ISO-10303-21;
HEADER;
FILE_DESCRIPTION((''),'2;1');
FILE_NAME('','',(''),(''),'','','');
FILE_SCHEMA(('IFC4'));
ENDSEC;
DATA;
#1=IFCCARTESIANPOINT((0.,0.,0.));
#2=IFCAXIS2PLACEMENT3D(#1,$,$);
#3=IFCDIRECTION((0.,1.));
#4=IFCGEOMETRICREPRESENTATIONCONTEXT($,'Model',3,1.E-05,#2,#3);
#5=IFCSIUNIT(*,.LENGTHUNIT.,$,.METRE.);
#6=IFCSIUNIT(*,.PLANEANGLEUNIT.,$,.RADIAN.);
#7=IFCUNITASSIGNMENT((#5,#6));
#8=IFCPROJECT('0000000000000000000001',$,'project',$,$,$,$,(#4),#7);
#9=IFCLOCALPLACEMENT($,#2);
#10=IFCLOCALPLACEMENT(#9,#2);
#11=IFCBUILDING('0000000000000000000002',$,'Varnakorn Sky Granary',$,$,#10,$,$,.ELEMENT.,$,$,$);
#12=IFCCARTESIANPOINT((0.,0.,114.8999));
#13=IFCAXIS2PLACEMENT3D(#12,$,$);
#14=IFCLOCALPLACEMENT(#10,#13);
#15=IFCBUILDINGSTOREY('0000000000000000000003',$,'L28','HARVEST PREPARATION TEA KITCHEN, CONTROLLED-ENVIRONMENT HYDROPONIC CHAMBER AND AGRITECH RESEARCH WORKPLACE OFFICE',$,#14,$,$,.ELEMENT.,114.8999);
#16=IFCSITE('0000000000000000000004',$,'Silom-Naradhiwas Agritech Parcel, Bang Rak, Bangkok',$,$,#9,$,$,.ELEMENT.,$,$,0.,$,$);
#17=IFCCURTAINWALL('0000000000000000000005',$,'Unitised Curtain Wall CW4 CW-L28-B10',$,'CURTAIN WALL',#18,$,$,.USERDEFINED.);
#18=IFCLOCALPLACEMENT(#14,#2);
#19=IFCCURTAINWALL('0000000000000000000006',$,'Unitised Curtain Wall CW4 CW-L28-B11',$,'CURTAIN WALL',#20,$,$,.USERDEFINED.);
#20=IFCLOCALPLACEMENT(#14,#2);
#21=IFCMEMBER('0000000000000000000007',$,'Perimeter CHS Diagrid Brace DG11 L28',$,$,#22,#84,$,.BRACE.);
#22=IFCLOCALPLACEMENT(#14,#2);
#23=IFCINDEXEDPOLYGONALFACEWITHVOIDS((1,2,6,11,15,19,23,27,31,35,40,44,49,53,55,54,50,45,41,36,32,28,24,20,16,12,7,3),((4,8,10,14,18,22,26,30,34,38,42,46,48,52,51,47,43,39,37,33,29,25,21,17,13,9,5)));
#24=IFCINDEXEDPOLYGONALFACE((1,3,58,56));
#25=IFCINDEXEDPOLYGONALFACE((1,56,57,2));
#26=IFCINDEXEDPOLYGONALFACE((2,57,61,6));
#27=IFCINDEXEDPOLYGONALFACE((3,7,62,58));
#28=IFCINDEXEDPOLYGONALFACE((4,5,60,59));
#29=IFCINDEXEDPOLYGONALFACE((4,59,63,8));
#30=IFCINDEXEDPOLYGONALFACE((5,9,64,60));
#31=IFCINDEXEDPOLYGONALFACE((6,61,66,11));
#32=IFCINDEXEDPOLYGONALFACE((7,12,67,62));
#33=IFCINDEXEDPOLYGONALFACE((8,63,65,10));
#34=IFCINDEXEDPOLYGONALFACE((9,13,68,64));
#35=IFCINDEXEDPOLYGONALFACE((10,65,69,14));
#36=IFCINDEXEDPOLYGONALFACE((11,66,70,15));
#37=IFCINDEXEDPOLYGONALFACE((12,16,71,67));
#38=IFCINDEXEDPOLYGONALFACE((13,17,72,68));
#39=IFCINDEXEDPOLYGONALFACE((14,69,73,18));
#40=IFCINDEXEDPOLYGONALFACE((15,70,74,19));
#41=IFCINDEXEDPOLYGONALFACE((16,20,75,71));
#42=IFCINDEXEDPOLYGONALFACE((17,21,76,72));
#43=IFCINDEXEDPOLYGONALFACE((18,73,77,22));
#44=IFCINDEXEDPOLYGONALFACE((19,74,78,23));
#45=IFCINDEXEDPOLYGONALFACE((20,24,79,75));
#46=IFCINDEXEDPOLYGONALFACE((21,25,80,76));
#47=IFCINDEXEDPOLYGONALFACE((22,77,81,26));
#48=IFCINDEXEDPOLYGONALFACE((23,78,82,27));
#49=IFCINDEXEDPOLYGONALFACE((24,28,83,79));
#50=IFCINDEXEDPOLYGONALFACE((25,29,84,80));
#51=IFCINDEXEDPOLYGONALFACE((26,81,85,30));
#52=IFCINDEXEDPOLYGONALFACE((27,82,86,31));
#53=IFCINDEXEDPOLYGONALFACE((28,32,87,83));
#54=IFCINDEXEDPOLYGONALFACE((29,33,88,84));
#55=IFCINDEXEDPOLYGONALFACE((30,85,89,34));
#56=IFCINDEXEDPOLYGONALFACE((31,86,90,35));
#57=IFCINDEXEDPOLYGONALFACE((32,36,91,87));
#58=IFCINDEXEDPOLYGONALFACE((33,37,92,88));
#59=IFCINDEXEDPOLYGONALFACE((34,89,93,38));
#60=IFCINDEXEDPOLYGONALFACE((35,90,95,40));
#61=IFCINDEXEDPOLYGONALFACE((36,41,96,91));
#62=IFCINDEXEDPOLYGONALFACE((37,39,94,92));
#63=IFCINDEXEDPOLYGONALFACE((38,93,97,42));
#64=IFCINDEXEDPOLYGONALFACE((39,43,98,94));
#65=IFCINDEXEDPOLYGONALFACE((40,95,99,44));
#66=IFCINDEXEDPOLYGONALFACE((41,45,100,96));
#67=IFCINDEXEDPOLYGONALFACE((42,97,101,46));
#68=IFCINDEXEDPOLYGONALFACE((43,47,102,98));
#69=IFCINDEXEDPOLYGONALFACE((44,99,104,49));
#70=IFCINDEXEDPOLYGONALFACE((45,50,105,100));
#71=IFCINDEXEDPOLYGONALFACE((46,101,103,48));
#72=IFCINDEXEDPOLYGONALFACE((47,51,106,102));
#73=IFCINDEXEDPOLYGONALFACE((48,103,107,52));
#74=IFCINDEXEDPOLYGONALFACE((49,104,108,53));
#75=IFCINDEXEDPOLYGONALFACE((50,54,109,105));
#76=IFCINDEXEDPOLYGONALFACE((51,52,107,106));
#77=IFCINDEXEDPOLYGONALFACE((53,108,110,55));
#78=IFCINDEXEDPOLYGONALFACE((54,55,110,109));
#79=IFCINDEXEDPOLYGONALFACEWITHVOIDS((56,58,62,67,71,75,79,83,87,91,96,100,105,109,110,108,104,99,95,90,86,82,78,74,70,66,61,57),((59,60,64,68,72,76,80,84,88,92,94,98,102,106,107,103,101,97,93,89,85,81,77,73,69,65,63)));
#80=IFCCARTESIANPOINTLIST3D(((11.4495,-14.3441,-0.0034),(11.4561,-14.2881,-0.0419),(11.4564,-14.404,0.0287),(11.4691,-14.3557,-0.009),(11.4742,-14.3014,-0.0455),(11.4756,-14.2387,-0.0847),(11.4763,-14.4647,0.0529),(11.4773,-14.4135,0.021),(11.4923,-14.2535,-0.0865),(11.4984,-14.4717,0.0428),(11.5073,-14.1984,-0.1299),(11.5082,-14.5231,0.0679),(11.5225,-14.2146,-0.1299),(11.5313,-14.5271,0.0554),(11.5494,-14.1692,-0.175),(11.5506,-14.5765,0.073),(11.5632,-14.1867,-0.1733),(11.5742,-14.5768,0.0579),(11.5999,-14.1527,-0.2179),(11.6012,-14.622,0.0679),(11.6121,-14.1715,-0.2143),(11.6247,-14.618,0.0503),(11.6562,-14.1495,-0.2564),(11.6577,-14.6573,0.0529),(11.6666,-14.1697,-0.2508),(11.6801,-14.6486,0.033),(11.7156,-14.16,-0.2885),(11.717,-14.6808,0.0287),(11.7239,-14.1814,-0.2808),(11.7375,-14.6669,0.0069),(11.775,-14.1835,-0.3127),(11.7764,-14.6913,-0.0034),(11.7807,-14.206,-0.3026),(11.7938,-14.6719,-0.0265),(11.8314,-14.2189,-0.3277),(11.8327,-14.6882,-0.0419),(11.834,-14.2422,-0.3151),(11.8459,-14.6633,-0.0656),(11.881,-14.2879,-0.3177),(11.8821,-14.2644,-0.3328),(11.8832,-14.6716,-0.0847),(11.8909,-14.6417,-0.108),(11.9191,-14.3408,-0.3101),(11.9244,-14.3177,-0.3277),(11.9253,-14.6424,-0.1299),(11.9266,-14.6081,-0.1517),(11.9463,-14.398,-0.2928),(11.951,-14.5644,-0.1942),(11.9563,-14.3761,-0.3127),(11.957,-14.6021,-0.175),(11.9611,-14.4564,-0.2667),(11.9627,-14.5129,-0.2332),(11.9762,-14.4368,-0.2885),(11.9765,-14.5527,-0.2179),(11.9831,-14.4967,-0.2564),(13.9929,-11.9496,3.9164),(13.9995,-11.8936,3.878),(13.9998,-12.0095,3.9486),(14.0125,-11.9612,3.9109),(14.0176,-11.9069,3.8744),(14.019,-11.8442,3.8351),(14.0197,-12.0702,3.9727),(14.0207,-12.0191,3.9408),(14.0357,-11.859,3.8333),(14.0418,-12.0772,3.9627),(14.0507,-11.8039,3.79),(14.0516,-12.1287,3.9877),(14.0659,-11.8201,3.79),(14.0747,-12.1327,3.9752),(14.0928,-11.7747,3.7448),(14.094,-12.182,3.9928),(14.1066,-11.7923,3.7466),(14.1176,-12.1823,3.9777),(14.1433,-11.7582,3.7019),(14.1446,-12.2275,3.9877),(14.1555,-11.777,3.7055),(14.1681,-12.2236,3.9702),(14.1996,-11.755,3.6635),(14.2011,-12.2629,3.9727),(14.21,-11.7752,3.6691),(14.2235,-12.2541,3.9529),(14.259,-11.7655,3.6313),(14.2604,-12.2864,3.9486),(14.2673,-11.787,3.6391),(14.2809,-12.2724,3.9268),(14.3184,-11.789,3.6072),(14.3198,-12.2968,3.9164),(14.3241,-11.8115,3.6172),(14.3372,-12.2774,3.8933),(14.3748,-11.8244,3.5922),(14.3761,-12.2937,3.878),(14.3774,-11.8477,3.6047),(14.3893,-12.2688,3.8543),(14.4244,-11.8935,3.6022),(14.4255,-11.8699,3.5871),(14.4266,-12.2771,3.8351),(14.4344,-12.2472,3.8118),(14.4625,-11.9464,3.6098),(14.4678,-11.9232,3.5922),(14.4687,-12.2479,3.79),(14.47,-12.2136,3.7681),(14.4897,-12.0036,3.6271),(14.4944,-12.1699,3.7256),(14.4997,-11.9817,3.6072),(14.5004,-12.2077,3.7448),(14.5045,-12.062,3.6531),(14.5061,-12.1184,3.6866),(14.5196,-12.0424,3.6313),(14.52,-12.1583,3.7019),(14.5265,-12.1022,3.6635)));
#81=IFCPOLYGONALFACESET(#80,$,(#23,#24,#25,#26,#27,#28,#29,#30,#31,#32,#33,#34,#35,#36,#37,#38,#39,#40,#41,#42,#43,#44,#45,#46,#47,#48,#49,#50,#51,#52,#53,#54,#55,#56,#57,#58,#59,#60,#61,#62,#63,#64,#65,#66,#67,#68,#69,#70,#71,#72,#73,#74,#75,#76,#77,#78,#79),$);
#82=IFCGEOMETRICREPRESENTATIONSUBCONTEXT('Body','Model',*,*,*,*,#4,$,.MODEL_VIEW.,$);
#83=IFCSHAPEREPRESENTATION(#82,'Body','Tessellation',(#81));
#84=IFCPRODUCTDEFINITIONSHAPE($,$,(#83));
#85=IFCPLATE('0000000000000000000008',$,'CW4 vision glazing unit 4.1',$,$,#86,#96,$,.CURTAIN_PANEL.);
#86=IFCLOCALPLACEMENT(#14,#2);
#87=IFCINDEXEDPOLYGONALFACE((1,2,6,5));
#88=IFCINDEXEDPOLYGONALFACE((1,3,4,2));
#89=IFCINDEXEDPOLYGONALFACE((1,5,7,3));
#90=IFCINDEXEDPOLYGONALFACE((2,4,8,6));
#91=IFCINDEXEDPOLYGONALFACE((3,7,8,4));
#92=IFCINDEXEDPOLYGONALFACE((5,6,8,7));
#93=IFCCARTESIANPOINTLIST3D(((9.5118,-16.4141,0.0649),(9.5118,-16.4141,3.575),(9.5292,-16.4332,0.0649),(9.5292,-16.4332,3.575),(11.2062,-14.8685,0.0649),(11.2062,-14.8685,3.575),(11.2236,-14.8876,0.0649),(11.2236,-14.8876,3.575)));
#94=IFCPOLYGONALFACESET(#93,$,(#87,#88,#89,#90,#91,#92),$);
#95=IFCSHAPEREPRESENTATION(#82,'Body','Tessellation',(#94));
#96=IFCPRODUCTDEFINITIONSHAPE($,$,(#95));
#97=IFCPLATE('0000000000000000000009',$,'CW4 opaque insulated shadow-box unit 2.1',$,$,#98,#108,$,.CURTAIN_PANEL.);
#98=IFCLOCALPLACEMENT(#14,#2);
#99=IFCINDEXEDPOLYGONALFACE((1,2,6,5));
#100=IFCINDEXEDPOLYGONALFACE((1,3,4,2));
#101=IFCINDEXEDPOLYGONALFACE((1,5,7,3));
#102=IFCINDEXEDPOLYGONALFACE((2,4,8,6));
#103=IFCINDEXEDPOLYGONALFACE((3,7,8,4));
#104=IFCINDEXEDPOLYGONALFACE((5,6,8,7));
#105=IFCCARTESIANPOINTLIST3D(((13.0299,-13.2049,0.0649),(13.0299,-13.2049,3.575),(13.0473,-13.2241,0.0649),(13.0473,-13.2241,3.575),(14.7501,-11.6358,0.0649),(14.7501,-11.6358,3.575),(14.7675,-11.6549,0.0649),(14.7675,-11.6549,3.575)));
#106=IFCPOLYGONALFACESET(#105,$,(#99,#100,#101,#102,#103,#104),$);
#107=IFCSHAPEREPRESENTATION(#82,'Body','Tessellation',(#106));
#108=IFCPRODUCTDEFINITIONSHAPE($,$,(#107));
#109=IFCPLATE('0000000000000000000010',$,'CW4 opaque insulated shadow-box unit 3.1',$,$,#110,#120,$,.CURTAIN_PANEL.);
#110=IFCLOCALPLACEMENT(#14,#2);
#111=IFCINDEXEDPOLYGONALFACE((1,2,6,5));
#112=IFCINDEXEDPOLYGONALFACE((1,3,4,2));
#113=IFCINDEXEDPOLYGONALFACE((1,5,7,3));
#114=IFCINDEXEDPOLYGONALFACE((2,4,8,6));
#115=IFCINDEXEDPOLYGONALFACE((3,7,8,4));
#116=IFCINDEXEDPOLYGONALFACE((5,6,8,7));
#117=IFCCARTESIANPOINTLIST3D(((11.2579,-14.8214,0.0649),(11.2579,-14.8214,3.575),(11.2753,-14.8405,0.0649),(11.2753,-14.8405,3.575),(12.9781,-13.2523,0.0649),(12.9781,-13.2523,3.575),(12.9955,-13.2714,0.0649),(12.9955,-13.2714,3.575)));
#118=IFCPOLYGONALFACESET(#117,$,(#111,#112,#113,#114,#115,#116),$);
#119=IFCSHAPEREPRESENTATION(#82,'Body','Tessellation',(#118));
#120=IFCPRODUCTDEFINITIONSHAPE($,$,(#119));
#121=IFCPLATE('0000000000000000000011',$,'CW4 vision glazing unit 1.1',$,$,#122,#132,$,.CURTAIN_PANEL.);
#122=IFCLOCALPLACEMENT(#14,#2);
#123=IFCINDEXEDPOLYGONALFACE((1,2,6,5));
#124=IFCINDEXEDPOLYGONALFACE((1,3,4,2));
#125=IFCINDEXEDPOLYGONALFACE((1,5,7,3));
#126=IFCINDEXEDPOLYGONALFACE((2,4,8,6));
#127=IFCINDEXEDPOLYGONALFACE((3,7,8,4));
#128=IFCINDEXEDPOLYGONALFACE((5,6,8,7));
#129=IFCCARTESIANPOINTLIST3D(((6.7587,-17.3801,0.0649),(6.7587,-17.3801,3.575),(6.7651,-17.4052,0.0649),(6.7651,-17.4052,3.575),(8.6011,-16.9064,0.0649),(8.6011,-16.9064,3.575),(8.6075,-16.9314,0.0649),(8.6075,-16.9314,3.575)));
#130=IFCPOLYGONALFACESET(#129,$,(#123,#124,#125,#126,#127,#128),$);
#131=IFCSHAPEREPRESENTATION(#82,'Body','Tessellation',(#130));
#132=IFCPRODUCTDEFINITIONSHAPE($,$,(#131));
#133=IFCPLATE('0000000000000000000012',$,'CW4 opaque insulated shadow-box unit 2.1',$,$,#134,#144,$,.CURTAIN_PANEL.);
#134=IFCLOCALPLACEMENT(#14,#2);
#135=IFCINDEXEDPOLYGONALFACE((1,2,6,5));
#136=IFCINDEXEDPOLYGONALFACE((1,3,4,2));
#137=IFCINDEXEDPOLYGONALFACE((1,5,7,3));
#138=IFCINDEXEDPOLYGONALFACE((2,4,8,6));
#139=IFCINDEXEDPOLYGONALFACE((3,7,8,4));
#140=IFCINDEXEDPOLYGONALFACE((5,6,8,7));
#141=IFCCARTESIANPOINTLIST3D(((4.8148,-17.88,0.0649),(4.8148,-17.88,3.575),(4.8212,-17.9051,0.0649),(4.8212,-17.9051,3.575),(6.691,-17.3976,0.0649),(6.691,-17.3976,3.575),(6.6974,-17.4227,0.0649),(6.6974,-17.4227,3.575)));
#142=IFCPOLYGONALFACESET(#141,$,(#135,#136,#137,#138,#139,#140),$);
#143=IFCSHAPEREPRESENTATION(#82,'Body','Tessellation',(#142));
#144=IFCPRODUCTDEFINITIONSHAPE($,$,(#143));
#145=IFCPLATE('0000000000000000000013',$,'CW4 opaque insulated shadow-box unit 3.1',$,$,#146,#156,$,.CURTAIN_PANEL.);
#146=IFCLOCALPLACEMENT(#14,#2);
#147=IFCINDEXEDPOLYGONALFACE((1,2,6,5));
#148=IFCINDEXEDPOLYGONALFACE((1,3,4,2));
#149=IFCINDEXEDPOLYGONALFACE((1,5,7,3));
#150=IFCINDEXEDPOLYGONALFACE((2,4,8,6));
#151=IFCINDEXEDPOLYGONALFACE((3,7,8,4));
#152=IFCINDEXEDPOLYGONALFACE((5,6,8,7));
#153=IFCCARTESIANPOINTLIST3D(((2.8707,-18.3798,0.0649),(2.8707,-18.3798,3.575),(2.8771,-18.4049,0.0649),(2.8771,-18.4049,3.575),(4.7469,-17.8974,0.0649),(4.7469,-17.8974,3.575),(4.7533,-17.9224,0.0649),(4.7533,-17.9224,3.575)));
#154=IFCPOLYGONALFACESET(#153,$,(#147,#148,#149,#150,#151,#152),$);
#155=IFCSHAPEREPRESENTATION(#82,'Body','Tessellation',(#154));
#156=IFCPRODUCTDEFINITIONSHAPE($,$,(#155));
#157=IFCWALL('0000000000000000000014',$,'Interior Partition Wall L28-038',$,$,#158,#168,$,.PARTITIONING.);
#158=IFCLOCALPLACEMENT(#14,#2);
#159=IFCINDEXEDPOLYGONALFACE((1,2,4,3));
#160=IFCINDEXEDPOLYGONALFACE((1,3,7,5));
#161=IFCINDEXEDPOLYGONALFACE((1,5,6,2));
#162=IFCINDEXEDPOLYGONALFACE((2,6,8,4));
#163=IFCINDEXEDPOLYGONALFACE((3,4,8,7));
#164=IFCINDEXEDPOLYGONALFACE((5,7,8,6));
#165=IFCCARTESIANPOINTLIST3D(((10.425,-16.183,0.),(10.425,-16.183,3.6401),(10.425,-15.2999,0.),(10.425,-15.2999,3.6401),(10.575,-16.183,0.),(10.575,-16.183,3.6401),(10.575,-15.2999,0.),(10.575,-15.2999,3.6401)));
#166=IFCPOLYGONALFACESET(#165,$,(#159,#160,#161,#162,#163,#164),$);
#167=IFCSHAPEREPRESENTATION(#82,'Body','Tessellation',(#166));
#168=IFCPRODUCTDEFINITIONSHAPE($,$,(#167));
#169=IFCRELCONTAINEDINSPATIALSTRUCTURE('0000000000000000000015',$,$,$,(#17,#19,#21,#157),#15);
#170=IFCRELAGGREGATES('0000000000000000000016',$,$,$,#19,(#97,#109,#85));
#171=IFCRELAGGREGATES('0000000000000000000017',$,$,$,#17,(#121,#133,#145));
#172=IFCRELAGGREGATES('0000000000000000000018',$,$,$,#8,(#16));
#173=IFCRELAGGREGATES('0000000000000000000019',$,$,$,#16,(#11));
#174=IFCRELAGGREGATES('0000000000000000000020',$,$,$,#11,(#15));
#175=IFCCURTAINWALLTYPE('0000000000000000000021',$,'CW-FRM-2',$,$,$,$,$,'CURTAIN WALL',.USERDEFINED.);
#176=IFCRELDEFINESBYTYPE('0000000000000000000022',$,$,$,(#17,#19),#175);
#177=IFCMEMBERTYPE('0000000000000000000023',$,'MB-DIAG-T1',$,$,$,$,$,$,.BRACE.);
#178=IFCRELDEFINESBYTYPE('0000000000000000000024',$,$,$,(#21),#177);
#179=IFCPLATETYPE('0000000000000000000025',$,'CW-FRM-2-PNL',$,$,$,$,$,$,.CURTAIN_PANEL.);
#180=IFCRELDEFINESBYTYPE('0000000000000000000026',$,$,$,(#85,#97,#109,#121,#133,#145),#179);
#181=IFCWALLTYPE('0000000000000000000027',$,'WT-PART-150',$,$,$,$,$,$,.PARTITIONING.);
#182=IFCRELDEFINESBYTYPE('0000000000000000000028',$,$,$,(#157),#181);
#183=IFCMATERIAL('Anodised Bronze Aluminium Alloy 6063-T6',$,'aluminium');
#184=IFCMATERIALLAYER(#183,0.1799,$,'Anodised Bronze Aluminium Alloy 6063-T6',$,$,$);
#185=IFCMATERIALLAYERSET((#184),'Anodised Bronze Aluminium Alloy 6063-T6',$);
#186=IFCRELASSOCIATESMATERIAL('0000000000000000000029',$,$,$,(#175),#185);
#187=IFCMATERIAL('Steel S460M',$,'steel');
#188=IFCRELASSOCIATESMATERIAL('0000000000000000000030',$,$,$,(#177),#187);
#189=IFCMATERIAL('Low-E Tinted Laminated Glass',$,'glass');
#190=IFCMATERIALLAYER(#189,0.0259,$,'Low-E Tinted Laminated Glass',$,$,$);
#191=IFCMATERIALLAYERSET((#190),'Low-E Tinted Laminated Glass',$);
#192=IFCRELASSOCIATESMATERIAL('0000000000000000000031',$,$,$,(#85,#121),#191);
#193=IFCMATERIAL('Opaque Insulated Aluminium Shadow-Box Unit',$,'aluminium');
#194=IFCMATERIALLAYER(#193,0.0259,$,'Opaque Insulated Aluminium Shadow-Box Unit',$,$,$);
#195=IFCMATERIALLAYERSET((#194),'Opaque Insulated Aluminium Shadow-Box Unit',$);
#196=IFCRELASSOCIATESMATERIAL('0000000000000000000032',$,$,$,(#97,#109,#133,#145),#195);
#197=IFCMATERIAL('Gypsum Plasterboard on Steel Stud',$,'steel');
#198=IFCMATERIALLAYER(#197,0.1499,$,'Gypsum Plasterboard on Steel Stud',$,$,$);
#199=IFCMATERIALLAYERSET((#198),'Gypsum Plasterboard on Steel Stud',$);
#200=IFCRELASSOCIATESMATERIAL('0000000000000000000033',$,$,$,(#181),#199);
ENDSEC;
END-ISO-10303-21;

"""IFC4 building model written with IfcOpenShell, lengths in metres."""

from ifc_helpers import new_model, si_unit, direction, frame, frame_2d, origin, origin_2d, place, context, subcontext, project, spatial, rectangle, hollow_circle, extrude, source, transform, mapped, material, layer, layer_set, material_profile, profile_set, type_object, type_shapes, element, aggregate, save


model = new_model("IFC4")

# Units and contexts
model_context = context("Model", 3, precision=1e-05, world=origin(), true_north=direction((0.0, 1.0)))
body_context = subcontext(model_context, "Body", "Model", "MODEL_VIEW")
ifc_project = project(units=[si_unit("LENGTHUNIT", "METRE"), si_unit("PLANEANGLEUNIT", "RADIAN")], contexts=[model_context])

# Site, building, storey
site_placement = place(None, origin())
site = spatial("IfcSite", under=ifc_project, at=site_placement, Name="Silom-Naradhiwas Agritech Parcel, Bang Rak, Bangkok", CompositionType="ELEMENT", RefElevation=0.0)
building_placement = place(site_placement, origin())
building = spatial("IfcBuilding", under=site, at=building_placement, Name="Varnakorn Sky Granary", CompositionType="ELEMENT")
storey_placement = place(building_placement, frame((0.0, 0.0, 114.8999)))
storey = spatial("IfcBuildingStorey", under=building, at=storey_placement, Name="L28", Description="HARVEST PREPARATION TEA KITCHEN, CONTROLLED-ENVIRONMENT HYDROPONIC CHAMBER AND AGRITECH RESEARCH WORKPLACE OFFICE", CompositionType="ELEMENT", Elevation=114.8999)

# Shared definitions
ifc_material_1 = material(Name="Steel S460M", Category="steel")

# Curtain walls
ifc_material_2 = material(Name="Anodised Bronze Aluminium Alloy 6063-T6", Category="aluminium")
ifc_layer_1 = layer(ifc_material_2, 0.1799, Name="Anodised Bronze Aluminium Alloy 6063-T6")
ifc_layer_set_1 = layer_set([ifc_layer_1], Name="Anodised Bronze Aluminium Alloy 6063-T6")
curtain_wall_type = type_object("IfcCurtainWallType", Name="CW-FRM-2", ElementType="CURTAIN WALL", PredefinedType="USERDEFINED", material=ifc_layer_set_1)
curtain_wall_1_placement = place(storey_placement, origin())
curtain_wall_1 = element("IfcCurtainWall", 1, at=curtain_wall_1_placement, inside=storey, type_object=curtain_wall_type, Name="Unitised Curtain Wall CW4 CW-L28-B10", ObjectType="CURTAIN WALL", PredefinedType="USERDEFINED")
curtain_wall_2_placement = place(storey_placement, origin())
curtain_wall_2 = element("IfcCurtainWall", 2, at=curtain_wall_2_placement, inside=storey, type_object=curtain_wall_type, Name="Unitised Curtain Wall CW4 CW-L28-B11", ObjectType="CURTAIN WALL", PredefinedType="USERDEFINED")

# Member
ifc_material_profile_1 = material_profile(ifc_material_1, hollow_circle(Radius=0.3049, WallThickness=0.0222, at=origin_2d()), Name="CHS 610x22")
ifc_profile_set_1 = profile_set([ifc_material_profile_1], Name="Steel S460M")
member_type_1 = type_object("IfcMemberType", Name="MB-DIAG-T1", PredefinedType="BRACE", material=ifc_profile_set_1)
member_1_placement = place(storey_placement, frame((11.7163, -14.4204, -0.1299), z_axis=(0.484413, 0.45605, 0.746567), x_axis=(-0.685469, 0.728101, 0.0)))
element("IfcMember", 3, at=member_1_placement, inside=storey, type_object=member_type_1, Name="Perimeter CHS Diagrid Brace DG11 L28", PredefinedType="BRACE", context=body_context, shape_type="SweptSolid", body=[
    extrude(hollow_circle(Radius=0.3049, WallThickness=0.0222, at=origin_2d()), origin(), (0.0, 0.0, 1.0), 5.2505),
])

# Plates
ifc_material_3 = material(Name="Low-E Tinted Laminated Glass", Category="glass")
ifc_layer_2 = layer(ifc_material_3, 0.0259, Name="Low-E Tinted Laminated Glass")
ifc_layer_set_2 = layer_set([ifc_layer_2], Name="Low-E Tinted Laminated Glass")
plate_type = type_object("IfcPlateType", Name="CW-FRM-2-PNL", PredefinedType="CURTAIN_PANEL")
shared_shape_1 = source(origin(), body_context, "Body", "SweptSolid", [
    extrude(rectangle(XDim=2.2935, YDim=0.0259, at=origin_2d()), origin(), (0.0, 0.0, 1.0), 3.51),
])
plate_1_placement = place(storey_placement, frame((10.3677, -15.6509, 0.0649), z_axis=(0.0, 0.0, 1.0), x_axis=(-0.7388, -0.673925, 0.0)))
plate_1 = element("IfcPlate", 4, at=plate_1_placement, type_object=plate_type, material=ifc_layer_set_2, Name="CW4 vision glazing unit 4.1", PredefinedType="CURTAIN_PANEL", context=body_context, shape_type="MappedRepresentation", body=[
    mapped(shared_shape_1, transform((0.0, 0.0, 0.0), x_axis=(1.0, 0.0, 0.0), y_axis=(0.0, 1.0, 0.0), z_axis=(0.0, 0.0, 1.0), scale=1.0)),
])
ifc_material_4 = material(Name="Opaque Insulated Aluminium Shadow-Box Unit", Category="aluminium")
ifc_layer_3 = layer(ifc_material_4, 0.0259, Name="Opaque Insulated Aluminium Shadow-Box Unit")
ifc_layer_set_3 = layer_set([ifc_layer_3], Name="Opaque Insulated Aluminium Shadow-Box Unit")
shared_shape_2 = source(origin(), body_context, "Body", "SweptSolid", [
    extrude(rectangle(XDim=2.3284, YDim=0.0259, at=origin_2d()), origin(), (0.0, 0.0, 1.0), 3.51),
])
plate_2_placement = place(storey_placement, frame((13.8987, -12.4299, 0.0649), z_axis=(0.0, 0.0, 1.0), x_axis=(-0.7388, -0.673925, 0.0)))
plate_2 = element("IfcPlate", 5, at=plate_2_placement, type_object=plate_type, material=ifc_layer_set_3, Name="CW4 opaque insulated shadow-box unit 2.1", PredefinedType="CURTAIN_PANEL", context=body_context, shape_type="MappedRepresentation", body=[
    mapped(shared_shape_2, transform((0.0, 0.0, 0.0), x_axis=(1.0, 0.0, 0.0), y_axis=(0.0, 1.0, 0.0), z_axis=(0.0, 0.0, 1.0), scale=1.0)),
])
plate_3_placement = place(storey_placement, frame((12.1267, -14.0464, 0.0649), z_axis=(0.0, 0.0, 1.0), x_axis=(-0.7388, -0.673925, 0.0)))
plate_3 = element("IfcPlate", 6, at=plate_3_placement, type_object=plate_type, material=ifc_layer_set_3, Name="CW4 opaque insulated shadow-box unit 3.1", PredefinedType="CURTAIN_PANEL", context=body_context, shape_type="MappedRepresentation", body=[
    mapped(shared_shape_2, transform((0.0, 0.0, 0.0), x_axis=(1.0, 0.0, 0.0), y_axis=(0.0, 1.0, 0.0), z_axis=(0.0, 0.0, 1.0), scale=1.0)),
])
aggregate(curtain_wall_2, [plate_2, plate_3, plate_1])
shared_shape_3 = source(origin(), body_context, "Body", "SweptSolid", [
    extrude(rectangle(XDim=1.9023, YDim=0.0259, at=origin_2d()), origin(), (0.0, 0.0, 1.0), 3.51),
])
plate_4_placement = place(storey_placement, frame((7.6831, -17.1558, 0.0649), z_axis=(0.0, 0.0, 1.0), x_axis=(-0.968498, -0.249019, 0.0)))
plate_4 = element("IfcPlate", 7, at=plate_4_placement, type_object=plate_type, material=ifc_layer_set_2, Name="CW4 vision glazing unit 1.1", PredefinedType="CURTAIN_PANEL", context=body_context, shape_type="MappedRepresentation", body=[
    mapped(shared_shape_3, transform((0.0, 0.0, 0.0), x_axis=(1.0, 0.0, 0.0), y_axis=(0.0, 1.0, 0.0), z_axis=(0.0, 0.0, 1.0), scale=1.0)),
])
shared_shape_4 = source(origin(), body_context, "Body", "SweptSolid", [
    extrude(rectangle(XDim=1.9373, YDim=0.0259, at=origin_2d()), origin(), (0.0, 0.0, 1.0), 3.51),
])
type_shapes(plate_type, [shared_shape_1, shared_shape_2, shared_shape_3, shared_shape_4])
plate_5_placement = place(storey_placement, frame((5.7561, -17.6514, 0.0649), z_axis=(0.0, 0.0, 1.0), x_axis=(-0.968498, -0.249019, 0.0)))
plate_5 = element("IfcPlate", 8, at=plate_5_placement, type_object=plate_type, material=ifc_layer_set_3, Name="CW4 opaque insulated shadow-box unit 2.1", PredefinedType="CURTAIN_PANEL", context=body_context, shape_type="MappedRepresentation", body=[
    mapped(shared_shape_4, transform((0.0, 0.0, 0.0), x_axis=(1.0, 0.0, 0.0), y_axis=(0.0, 1.0, 0.0), z_axis=(0.0, 0.0, 1.0), scale=1.0)),
])
plate_6_placement = place(storey_placement, frame((3.812, -18.1511, 0.0649), z_axis=(0.0, 0.0, 1.0), x_axis=(-0.968498, -0.249019, 0.0)))
plate_6 = element("IfcPlate", 9, at=plate_6_placement, type_object=plate_type, material=ifc_layer_set_3, Name="CW4 opaque insulated shadow-box unit 3.1", PredefinedType="CURTAIN_PANEL", context=body_context, shape_type="MappedRepresentation", body=[
    mapped(shared_shape_4, transform((0.0, 0.0, 0.0), x_axis=(1.0, 0.0, 0.0), y_axis=(0.0, 1.0, 0.0), z_axis=(0.0, 0.0, 1.0), scale=1.0)),
])
aggregate(curtain_wall_1, [plate_4, plate_5, plate_6])

# Wall
ifc_material_5 = material(Name="Gypsum Plasterboard on Steel Stud", Category="steel")
ifc_layer_4 = layer(ifc_material_5, 0.1499, Name="Gypsum Plasterboard on Steel Stud")
ifc_layer_set_4 = layer_set([ifc_layer_4], Name="Gypsum Plasterboard on Steel Stud")
wall_type_1 = type_object("IfcWallType", Name="WT-PART-150", PredefinedType="PARTITIONING", material=ifc_layer_set_4)
wall_1_placement = place(storey_placement, frame((10.5, -15.3, 0.0), z_axis=(0.0, 0.0, 1.0), x_axis=(0.0, -1.0, 0.0)))
element("IfcWall", 10, at=wall_1_placement, inside=storey, type_object=wall_type_1, Name="Interior Partition Wall L28-038", PredefinedType="PARTITIONING", context=body_context, shape_type="SweptSolid", body=[
    extrude(rectangle(XDim=0.8831, YDim=0.1499, at=frame_2d((0.4414, 0.0))), origin(), (0.0, 0.0, 1.0), 3.6401),
])

save(model, "model.ifc")
